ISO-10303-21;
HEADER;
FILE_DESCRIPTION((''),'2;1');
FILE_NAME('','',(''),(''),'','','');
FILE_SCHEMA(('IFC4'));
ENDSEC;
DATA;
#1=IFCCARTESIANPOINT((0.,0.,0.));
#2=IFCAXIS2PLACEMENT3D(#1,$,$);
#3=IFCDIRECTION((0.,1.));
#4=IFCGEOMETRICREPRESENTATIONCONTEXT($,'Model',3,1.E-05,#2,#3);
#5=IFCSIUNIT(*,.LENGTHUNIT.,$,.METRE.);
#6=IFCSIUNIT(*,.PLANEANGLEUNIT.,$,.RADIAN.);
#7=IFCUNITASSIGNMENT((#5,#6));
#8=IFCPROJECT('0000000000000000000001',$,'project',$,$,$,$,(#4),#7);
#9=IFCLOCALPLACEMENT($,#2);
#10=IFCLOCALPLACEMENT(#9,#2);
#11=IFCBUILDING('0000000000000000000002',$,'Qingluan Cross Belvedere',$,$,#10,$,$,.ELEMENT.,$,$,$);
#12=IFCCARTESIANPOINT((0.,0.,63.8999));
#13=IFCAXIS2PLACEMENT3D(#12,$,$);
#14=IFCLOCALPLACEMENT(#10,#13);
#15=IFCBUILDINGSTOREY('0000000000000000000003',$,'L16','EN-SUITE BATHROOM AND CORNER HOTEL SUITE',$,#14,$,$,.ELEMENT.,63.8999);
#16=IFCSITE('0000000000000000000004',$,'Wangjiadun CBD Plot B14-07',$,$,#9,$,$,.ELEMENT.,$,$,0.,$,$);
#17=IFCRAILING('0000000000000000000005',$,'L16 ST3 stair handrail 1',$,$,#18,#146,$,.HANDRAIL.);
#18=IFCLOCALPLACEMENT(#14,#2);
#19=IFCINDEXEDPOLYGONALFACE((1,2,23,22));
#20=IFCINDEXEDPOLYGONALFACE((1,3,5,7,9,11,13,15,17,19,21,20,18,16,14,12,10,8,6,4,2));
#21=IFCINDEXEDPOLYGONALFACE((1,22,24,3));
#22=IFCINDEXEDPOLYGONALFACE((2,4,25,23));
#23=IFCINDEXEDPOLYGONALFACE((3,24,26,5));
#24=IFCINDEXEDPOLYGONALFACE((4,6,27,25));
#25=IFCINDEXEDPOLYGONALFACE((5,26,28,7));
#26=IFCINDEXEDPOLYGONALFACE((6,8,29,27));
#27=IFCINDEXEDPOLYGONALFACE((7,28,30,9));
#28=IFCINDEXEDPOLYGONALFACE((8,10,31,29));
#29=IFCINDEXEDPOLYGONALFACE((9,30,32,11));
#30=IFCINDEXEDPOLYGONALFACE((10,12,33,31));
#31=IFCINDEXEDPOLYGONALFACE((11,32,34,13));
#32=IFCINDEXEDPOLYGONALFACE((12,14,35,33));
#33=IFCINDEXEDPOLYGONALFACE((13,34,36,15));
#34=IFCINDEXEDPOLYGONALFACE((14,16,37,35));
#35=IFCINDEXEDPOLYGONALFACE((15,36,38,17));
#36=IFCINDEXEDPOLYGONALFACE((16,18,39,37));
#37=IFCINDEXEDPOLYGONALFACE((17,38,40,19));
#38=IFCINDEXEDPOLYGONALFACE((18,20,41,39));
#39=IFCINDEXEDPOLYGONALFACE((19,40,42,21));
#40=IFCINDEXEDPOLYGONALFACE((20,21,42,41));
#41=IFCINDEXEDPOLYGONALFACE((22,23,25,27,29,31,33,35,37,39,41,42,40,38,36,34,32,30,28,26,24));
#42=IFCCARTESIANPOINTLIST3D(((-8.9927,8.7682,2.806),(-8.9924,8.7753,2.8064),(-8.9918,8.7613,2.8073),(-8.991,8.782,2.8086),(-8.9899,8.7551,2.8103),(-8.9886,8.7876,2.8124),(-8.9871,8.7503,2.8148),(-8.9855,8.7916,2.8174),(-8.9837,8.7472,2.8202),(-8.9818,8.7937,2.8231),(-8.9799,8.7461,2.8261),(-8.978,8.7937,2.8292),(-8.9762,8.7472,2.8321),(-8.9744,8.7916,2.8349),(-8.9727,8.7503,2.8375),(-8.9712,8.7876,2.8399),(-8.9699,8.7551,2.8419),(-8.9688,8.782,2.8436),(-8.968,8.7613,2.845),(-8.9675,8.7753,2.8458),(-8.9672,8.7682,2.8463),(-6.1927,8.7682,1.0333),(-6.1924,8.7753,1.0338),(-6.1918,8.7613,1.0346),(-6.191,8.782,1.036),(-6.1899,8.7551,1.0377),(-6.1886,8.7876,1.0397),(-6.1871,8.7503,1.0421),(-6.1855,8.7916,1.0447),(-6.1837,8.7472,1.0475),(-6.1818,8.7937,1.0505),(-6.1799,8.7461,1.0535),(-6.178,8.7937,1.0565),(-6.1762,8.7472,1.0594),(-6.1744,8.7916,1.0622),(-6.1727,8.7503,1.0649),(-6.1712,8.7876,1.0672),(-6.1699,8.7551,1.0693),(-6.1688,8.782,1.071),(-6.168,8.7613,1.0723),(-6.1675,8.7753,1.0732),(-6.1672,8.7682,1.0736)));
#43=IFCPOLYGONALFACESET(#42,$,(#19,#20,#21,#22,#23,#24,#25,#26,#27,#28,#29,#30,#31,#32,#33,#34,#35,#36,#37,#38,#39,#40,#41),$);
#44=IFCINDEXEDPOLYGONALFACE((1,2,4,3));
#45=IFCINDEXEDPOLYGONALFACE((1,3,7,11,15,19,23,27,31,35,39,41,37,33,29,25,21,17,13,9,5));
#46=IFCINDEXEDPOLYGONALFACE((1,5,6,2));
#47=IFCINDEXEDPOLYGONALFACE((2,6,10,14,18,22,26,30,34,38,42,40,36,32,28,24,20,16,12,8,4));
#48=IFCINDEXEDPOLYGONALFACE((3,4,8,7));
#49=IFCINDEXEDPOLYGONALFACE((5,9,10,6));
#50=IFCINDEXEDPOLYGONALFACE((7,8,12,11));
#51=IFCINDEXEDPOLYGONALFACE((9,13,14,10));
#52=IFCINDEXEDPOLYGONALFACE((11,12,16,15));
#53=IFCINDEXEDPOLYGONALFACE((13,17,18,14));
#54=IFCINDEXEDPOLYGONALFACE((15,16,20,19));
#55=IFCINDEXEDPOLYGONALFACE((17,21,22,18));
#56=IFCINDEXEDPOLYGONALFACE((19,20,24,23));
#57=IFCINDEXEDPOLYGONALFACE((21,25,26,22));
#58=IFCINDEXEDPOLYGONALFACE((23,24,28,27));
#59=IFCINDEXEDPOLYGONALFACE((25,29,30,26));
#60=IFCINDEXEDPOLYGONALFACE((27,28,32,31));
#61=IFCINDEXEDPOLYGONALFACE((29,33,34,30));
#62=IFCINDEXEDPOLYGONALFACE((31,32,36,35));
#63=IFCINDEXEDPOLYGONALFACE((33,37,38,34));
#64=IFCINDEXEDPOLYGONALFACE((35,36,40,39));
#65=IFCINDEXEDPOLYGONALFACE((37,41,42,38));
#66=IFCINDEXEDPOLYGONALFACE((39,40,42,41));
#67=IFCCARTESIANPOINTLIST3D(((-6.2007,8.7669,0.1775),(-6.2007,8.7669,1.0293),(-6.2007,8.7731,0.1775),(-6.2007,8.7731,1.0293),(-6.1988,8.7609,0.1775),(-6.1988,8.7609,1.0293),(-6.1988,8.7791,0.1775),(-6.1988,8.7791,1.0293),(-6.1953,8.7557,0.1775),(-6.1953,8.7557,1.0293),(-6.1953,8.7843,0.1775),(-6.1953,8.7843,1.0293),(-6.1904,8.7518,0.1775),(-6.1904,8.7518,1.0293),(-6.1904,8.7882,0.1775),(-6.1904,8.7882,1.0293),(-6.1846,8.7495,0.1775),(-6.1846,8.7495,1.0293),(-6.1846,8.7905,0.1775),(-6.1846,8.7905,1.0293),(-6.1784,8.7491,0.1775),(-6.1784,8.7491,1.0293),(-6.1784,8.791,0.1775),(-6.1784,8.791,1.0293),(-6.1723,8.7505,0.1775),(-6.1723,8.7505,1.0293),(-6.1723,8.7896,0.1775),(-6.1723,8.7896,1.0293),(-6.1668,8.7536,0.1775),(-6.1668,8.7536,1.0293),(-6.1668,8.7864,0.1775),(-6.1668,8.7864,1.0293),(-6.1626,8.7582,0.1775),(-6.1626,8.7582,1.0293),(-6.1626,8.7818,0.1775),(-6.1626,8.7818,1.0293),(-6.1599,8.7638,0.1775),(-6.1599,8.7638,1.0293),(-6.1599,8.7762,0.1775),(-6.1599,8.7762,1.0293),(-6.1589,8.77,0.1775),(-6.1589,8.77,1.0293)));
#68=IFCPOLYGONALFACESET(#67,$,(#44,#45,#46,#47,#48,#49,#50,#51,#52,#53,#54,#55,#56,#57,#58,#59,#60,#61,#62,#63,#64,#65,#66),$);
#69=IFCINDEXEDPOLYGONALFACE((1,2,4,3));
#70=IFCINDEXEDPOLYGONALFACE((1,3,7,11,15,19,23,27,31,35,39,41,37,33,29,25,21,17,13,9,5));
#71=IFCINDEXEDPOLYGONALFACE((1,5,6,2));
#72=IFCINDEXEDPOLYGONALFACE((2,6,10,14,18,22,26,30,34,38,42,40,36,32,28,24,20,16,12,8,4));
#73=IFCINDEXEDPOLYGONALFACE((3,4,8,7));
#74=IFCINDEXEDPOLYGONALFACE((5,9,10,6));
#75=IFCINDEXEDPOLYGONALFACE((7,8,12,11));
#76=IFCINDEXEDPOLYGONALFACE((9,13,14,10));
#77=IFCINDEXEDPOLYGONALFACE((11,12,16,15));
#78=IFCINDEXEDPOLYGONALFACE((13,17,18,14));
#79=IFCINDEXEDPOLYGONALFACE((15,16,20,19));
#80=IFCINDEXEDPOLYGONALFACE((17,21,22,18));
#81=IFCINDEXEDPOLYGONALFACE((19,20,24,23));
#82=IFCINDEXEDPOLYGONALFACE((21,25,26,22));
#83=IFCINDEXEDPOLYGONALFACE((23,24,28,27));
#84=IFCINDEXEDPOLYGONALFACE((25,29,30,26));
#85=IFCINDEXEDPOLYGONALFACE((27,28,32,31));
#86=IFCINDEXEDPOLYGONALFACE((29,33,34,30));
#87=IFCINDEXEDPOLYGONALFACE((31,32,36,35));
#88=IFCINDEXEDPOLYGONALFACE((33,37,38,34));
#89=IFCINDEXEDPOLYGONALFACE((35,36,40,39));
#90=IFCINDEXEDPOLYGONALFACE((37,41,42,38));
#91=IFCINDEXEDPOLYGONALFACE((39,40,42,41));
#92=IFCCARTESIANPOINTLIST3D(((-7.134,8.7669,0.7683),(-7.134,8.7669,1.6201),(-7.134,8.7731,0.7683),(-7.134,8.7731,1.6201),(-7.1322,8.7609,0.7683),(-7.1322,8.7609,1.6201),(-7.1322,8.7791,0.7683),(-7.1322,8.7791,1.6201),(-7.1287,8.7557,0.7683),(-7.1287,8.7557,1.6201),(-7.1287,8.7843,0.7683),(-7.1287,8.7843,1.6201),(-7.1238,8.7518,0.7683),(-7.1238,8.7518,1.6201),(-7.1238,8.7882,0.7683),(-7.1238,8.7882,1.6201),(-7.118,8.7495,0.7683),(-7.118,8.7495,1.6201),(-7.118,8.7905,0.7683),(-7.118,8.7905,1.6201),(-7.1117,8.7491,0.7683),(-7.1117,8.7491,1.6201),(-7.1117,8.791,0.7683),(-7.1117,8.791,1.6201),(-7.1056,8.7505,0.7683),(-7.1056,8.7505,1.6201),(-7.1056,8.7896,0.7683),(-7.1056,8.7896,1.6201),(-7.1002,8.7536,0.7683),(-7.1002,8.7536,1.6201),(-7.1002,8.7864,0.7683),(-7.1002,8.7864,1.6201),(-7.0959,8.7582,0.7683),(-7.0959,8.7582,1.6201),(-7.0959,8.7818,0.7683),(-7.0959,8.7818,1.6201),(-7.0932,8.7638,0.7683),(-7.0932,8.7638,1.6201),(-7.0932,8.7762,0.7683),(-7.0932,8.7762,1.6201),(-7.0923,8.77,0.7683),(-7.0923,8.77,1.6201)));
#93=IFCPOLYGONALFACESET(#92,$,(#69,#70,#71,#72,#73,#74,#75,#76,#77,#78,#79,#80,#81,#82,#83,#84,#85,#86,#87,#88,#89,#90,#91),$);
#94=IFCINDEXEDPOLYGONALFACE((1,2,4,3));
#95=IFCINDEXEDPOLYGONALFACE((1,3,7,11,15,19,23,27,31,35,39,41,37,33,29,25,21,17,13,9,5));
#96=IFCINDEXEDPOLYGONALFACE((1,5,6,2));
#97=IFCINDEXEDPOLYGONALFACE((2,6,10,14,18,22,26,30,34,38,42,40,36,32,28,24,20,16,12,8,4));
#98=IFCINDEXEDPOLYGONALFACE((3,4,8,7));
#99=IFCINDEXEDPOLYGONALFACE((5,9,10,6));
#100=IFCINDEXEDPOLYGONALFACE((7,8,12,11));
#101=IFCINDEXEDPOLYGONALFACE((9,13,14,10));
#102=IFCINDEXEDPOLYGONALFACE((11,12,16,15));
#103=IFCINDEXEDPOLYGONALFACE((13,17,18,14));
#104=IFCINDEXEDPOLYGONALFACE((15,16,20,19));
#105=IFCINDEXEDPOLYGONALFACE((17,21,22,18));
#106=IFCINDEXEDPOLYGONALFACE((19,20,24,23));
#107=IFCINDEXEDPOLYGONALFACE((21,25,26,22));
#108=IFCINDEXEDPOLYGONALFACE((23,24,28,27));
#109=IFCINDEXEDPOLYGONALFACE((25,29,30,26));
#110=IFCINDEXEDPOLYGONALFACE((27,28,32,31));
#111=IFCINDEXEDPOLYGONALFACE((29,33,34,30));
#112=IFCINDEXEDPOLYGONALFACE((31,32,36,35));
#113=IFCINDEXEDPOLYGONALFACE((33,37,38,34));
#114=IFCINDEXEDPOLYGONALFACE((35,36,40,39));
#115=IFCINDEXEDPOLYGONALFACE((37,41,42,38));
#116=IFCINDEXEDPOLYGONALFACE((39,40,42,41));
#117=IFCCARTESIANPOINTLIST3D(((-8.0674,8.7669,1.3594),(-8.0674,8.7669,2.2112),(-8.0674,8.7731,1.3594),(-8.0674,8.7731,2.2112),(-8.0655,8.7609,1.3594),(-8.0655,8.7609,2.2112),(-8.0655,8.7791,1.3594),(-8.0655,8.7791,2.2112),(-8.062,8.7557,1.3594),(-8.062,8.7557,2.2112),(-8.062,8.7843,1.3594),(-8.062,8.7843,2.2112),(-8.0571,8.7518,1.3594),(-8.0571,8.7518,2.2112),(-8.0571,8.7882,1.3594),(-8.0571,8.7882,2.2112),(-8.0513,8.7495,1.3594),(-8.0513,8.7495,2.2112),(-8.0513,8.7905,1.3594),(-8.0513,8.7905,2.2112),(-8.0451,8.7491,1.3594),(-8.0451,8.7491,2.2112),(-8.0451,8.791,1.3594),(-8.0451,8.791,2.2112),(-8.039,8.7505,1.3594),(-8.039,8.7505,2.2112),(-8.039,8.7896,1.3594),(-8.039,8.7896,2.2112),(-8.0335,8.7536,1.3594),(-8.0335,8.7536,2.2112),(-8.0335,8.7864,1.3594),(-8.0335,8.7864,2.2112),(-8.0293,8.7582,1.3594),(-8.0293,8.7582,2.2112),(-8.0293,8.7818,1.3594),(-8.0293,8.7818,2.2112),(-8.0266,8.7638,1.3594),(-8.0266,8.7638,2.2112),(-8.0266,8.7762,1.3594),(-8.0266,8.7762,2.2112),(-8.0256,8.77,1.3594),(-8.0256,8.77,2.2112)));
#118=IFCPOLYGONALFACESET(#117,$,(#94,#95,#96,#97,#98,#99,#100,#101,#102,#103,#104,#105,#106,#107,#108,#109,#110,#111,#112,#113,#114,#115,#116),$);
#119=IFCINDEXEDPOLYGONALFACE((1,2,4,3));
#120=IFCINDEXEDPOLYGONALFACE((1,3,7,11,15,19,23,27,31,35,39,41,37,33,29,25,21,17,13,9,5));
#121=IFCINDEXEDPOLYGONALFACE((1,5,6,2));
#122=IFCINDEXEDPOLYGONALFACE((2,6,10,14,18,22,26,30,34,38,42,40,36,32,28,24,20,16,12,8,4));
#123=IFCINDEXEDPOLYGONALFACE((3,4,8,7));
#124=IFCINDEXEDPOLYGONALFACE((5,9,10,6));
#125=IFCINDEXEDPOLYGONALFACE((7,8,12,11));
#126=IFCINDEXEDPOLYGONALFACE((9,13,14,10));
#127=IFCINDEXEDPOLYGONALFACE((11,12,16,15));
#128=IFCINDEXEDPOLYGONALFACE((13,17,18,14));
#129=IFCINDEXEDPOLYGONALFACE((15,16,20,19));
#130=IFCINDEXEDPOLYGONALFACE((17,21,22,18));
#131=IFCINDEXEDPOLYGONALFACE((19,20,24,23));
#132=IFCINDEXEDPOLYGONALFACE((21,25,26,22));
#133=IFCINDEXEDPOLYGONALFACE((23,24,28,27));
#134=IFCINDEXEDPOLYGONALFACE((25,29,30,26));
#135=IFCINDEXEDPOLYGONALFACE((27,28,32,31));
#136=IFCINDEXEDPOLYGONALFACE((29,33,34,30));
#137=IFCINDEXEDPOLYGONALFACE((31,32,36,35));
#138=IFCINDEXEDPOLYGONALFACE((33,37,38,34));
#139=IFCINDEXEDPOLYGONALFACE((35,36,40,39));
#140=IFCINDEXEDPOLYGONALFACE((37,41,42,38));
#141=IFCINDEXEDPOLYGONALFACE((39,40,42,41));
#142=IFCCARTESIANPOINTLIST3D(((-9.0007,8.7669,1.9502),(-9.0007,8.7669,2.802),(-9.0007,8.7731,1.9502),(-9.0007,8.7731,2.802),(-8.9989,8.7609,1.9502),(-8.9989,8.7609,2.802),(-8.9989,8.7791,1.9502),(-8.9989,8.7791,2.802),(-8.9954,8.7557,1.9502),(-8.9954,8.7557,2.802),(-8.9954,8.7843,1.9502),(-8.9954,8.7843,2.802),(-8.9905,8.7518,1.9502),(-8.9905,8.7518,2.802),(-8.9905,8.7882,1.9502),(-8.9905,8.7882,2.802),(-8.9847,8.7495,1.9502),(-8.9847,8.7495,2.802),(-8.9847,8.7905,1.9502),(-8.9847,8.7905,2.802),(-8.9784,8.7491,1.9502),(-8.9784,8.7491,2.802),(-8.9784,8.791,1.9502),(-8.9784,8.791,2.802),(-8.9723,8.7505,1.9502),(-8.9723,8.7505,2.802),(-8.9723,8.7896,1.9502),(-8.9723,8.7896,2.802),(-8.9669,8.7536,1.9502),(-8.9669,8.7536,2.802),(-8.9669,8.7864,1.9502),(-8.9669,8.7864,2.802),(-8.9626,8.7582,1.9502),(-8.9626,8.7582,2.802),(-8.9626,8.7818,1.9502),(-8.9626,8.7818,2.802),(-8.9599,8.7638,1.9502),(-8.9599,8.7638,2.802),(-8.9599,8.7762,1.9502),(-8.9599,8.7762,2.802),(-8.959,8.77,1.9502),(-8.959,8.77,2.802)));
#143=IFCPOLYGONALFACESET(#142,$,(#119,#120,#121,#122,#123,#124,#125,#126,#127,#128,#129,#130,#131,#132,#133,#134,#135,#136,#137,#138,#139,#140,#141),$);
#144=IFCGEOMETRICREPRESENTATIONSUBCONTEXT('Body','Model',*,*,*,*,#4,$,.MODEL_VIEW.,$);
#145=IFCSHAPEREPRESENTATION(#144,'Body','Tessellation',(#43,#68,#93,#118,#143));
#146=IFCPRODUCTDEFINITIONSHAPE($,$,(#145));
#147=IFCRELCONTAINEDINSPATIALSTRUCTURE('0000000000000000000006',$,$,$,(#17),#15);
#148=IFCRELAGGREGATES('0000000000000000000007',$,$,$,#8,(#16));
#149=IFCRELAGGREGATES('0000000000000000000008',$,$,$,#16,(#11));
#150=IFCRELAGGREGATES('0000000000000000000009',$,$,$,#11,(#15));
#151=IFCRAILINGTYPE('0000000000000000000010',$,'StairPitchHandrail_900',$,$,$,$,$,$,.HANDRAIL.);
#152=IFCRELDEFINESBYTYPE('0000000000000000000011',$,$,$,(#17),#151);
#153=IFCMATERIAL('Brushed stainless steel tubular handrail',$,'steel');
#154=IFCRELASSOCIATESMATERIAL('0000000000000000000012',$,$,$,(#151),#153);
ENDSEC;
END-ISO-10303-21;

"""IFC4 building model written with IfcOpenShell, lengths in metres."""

from ifc_helpers import new_model, si_unit, direction, frame, origin, origin_2d, place, context, subcontext, project, spatial, circle, extrude, material, type_object, element, save


model = new_model("IFC4")

# Units and contexts
model_context = context("Model", 3, precision=1e-05, world=origin(), true_north=direction((0.0, 1.0)))
body_context = subcontext(model_context, "Body", "Model", "MODEL_VIEW")
ifc_project = project(units=[si_unit("LENGTHUNIT", "METRE"), si_unit("PLANEANGLEUNIT", "RADIAN")], contexts=[model_context])

# Site, building, storey
site_placement = place(None, origin())
site = spatial("IfcSite", under=ifc_project, at=site_placement, Name="Wangjiadun CBD Plot B14-07", CompositionType="ELEMENT", RefElevation=0.0)
building_placement = place(site_placement, origin())
building = spatial("IfcBuilding", under=site, at=building_placement, Name="Qingluan Cross Belvedere", CompositionType="ELEMENT")
storey_placement = place(building_placement, frame((0.0, 0.0, 63.8999)))
storey = spatial("IfcBuildingStorey", under=building, at=storey_placement, Name="L16", Description="EN-SUITE BATHROOM AND CORNER HOTEL SUITE", CompositionType="ELEMENT", Elevation=63.8999)

# Railing
ifc_material_1 = material(Name="Brushed stainless steel tubular handrail", Category="steel")
railing_type_1 = type_object("IfcRailingType", Name="StairPitchHandrail_900", PredefinedType="HANDRAIL", material=ifc_material_1)
railing_1_placement = place(storey_placement, frame((-6.1799, 8.77, 0.1775)))
element("IfcRailing", 1, at=railing_1_placement, inside=storey, type_object=railing_type_1, Name="L16 ST3 stair handrail 1", PredefinedType="HANDRAIL", context=body_context, shape_type="SweptSolid", body=[
    extrude(circle(Radius=0.0239, at=origin_2d()), frame((0.0, 0.0, 0.876), z_axis=(-0.844909, 0.0, 0.53491), x_axis=(0.0, -1.0, 0.0)), (0.0, 0.0, 1.0), 3.314),
    extrude(circle(Radius=0.021, at=origin_2d()), origin(), (0.0, 0.0, 1.0), 0.8518),
    extrude(circle(Radius=0.021, at=origin_2d()), frame((-0.9333, 0.0, 0.5908)), (0.0, 0.0, 1.0), 0.8518),
    extrude(circle(Radius=0.021, at=origin_2d()), frame((-1.8667, 0.0, 1.1819)), (0.0, 0.0, 1.0), 0.8518),
    extrude(circle(Radius=0.021, at=origin_2d()), frame((-2.8, 0.0, 1.7727)), (0.0, 0.0, 1.0), 0.8518),
])

save(model, "model.ifc")
